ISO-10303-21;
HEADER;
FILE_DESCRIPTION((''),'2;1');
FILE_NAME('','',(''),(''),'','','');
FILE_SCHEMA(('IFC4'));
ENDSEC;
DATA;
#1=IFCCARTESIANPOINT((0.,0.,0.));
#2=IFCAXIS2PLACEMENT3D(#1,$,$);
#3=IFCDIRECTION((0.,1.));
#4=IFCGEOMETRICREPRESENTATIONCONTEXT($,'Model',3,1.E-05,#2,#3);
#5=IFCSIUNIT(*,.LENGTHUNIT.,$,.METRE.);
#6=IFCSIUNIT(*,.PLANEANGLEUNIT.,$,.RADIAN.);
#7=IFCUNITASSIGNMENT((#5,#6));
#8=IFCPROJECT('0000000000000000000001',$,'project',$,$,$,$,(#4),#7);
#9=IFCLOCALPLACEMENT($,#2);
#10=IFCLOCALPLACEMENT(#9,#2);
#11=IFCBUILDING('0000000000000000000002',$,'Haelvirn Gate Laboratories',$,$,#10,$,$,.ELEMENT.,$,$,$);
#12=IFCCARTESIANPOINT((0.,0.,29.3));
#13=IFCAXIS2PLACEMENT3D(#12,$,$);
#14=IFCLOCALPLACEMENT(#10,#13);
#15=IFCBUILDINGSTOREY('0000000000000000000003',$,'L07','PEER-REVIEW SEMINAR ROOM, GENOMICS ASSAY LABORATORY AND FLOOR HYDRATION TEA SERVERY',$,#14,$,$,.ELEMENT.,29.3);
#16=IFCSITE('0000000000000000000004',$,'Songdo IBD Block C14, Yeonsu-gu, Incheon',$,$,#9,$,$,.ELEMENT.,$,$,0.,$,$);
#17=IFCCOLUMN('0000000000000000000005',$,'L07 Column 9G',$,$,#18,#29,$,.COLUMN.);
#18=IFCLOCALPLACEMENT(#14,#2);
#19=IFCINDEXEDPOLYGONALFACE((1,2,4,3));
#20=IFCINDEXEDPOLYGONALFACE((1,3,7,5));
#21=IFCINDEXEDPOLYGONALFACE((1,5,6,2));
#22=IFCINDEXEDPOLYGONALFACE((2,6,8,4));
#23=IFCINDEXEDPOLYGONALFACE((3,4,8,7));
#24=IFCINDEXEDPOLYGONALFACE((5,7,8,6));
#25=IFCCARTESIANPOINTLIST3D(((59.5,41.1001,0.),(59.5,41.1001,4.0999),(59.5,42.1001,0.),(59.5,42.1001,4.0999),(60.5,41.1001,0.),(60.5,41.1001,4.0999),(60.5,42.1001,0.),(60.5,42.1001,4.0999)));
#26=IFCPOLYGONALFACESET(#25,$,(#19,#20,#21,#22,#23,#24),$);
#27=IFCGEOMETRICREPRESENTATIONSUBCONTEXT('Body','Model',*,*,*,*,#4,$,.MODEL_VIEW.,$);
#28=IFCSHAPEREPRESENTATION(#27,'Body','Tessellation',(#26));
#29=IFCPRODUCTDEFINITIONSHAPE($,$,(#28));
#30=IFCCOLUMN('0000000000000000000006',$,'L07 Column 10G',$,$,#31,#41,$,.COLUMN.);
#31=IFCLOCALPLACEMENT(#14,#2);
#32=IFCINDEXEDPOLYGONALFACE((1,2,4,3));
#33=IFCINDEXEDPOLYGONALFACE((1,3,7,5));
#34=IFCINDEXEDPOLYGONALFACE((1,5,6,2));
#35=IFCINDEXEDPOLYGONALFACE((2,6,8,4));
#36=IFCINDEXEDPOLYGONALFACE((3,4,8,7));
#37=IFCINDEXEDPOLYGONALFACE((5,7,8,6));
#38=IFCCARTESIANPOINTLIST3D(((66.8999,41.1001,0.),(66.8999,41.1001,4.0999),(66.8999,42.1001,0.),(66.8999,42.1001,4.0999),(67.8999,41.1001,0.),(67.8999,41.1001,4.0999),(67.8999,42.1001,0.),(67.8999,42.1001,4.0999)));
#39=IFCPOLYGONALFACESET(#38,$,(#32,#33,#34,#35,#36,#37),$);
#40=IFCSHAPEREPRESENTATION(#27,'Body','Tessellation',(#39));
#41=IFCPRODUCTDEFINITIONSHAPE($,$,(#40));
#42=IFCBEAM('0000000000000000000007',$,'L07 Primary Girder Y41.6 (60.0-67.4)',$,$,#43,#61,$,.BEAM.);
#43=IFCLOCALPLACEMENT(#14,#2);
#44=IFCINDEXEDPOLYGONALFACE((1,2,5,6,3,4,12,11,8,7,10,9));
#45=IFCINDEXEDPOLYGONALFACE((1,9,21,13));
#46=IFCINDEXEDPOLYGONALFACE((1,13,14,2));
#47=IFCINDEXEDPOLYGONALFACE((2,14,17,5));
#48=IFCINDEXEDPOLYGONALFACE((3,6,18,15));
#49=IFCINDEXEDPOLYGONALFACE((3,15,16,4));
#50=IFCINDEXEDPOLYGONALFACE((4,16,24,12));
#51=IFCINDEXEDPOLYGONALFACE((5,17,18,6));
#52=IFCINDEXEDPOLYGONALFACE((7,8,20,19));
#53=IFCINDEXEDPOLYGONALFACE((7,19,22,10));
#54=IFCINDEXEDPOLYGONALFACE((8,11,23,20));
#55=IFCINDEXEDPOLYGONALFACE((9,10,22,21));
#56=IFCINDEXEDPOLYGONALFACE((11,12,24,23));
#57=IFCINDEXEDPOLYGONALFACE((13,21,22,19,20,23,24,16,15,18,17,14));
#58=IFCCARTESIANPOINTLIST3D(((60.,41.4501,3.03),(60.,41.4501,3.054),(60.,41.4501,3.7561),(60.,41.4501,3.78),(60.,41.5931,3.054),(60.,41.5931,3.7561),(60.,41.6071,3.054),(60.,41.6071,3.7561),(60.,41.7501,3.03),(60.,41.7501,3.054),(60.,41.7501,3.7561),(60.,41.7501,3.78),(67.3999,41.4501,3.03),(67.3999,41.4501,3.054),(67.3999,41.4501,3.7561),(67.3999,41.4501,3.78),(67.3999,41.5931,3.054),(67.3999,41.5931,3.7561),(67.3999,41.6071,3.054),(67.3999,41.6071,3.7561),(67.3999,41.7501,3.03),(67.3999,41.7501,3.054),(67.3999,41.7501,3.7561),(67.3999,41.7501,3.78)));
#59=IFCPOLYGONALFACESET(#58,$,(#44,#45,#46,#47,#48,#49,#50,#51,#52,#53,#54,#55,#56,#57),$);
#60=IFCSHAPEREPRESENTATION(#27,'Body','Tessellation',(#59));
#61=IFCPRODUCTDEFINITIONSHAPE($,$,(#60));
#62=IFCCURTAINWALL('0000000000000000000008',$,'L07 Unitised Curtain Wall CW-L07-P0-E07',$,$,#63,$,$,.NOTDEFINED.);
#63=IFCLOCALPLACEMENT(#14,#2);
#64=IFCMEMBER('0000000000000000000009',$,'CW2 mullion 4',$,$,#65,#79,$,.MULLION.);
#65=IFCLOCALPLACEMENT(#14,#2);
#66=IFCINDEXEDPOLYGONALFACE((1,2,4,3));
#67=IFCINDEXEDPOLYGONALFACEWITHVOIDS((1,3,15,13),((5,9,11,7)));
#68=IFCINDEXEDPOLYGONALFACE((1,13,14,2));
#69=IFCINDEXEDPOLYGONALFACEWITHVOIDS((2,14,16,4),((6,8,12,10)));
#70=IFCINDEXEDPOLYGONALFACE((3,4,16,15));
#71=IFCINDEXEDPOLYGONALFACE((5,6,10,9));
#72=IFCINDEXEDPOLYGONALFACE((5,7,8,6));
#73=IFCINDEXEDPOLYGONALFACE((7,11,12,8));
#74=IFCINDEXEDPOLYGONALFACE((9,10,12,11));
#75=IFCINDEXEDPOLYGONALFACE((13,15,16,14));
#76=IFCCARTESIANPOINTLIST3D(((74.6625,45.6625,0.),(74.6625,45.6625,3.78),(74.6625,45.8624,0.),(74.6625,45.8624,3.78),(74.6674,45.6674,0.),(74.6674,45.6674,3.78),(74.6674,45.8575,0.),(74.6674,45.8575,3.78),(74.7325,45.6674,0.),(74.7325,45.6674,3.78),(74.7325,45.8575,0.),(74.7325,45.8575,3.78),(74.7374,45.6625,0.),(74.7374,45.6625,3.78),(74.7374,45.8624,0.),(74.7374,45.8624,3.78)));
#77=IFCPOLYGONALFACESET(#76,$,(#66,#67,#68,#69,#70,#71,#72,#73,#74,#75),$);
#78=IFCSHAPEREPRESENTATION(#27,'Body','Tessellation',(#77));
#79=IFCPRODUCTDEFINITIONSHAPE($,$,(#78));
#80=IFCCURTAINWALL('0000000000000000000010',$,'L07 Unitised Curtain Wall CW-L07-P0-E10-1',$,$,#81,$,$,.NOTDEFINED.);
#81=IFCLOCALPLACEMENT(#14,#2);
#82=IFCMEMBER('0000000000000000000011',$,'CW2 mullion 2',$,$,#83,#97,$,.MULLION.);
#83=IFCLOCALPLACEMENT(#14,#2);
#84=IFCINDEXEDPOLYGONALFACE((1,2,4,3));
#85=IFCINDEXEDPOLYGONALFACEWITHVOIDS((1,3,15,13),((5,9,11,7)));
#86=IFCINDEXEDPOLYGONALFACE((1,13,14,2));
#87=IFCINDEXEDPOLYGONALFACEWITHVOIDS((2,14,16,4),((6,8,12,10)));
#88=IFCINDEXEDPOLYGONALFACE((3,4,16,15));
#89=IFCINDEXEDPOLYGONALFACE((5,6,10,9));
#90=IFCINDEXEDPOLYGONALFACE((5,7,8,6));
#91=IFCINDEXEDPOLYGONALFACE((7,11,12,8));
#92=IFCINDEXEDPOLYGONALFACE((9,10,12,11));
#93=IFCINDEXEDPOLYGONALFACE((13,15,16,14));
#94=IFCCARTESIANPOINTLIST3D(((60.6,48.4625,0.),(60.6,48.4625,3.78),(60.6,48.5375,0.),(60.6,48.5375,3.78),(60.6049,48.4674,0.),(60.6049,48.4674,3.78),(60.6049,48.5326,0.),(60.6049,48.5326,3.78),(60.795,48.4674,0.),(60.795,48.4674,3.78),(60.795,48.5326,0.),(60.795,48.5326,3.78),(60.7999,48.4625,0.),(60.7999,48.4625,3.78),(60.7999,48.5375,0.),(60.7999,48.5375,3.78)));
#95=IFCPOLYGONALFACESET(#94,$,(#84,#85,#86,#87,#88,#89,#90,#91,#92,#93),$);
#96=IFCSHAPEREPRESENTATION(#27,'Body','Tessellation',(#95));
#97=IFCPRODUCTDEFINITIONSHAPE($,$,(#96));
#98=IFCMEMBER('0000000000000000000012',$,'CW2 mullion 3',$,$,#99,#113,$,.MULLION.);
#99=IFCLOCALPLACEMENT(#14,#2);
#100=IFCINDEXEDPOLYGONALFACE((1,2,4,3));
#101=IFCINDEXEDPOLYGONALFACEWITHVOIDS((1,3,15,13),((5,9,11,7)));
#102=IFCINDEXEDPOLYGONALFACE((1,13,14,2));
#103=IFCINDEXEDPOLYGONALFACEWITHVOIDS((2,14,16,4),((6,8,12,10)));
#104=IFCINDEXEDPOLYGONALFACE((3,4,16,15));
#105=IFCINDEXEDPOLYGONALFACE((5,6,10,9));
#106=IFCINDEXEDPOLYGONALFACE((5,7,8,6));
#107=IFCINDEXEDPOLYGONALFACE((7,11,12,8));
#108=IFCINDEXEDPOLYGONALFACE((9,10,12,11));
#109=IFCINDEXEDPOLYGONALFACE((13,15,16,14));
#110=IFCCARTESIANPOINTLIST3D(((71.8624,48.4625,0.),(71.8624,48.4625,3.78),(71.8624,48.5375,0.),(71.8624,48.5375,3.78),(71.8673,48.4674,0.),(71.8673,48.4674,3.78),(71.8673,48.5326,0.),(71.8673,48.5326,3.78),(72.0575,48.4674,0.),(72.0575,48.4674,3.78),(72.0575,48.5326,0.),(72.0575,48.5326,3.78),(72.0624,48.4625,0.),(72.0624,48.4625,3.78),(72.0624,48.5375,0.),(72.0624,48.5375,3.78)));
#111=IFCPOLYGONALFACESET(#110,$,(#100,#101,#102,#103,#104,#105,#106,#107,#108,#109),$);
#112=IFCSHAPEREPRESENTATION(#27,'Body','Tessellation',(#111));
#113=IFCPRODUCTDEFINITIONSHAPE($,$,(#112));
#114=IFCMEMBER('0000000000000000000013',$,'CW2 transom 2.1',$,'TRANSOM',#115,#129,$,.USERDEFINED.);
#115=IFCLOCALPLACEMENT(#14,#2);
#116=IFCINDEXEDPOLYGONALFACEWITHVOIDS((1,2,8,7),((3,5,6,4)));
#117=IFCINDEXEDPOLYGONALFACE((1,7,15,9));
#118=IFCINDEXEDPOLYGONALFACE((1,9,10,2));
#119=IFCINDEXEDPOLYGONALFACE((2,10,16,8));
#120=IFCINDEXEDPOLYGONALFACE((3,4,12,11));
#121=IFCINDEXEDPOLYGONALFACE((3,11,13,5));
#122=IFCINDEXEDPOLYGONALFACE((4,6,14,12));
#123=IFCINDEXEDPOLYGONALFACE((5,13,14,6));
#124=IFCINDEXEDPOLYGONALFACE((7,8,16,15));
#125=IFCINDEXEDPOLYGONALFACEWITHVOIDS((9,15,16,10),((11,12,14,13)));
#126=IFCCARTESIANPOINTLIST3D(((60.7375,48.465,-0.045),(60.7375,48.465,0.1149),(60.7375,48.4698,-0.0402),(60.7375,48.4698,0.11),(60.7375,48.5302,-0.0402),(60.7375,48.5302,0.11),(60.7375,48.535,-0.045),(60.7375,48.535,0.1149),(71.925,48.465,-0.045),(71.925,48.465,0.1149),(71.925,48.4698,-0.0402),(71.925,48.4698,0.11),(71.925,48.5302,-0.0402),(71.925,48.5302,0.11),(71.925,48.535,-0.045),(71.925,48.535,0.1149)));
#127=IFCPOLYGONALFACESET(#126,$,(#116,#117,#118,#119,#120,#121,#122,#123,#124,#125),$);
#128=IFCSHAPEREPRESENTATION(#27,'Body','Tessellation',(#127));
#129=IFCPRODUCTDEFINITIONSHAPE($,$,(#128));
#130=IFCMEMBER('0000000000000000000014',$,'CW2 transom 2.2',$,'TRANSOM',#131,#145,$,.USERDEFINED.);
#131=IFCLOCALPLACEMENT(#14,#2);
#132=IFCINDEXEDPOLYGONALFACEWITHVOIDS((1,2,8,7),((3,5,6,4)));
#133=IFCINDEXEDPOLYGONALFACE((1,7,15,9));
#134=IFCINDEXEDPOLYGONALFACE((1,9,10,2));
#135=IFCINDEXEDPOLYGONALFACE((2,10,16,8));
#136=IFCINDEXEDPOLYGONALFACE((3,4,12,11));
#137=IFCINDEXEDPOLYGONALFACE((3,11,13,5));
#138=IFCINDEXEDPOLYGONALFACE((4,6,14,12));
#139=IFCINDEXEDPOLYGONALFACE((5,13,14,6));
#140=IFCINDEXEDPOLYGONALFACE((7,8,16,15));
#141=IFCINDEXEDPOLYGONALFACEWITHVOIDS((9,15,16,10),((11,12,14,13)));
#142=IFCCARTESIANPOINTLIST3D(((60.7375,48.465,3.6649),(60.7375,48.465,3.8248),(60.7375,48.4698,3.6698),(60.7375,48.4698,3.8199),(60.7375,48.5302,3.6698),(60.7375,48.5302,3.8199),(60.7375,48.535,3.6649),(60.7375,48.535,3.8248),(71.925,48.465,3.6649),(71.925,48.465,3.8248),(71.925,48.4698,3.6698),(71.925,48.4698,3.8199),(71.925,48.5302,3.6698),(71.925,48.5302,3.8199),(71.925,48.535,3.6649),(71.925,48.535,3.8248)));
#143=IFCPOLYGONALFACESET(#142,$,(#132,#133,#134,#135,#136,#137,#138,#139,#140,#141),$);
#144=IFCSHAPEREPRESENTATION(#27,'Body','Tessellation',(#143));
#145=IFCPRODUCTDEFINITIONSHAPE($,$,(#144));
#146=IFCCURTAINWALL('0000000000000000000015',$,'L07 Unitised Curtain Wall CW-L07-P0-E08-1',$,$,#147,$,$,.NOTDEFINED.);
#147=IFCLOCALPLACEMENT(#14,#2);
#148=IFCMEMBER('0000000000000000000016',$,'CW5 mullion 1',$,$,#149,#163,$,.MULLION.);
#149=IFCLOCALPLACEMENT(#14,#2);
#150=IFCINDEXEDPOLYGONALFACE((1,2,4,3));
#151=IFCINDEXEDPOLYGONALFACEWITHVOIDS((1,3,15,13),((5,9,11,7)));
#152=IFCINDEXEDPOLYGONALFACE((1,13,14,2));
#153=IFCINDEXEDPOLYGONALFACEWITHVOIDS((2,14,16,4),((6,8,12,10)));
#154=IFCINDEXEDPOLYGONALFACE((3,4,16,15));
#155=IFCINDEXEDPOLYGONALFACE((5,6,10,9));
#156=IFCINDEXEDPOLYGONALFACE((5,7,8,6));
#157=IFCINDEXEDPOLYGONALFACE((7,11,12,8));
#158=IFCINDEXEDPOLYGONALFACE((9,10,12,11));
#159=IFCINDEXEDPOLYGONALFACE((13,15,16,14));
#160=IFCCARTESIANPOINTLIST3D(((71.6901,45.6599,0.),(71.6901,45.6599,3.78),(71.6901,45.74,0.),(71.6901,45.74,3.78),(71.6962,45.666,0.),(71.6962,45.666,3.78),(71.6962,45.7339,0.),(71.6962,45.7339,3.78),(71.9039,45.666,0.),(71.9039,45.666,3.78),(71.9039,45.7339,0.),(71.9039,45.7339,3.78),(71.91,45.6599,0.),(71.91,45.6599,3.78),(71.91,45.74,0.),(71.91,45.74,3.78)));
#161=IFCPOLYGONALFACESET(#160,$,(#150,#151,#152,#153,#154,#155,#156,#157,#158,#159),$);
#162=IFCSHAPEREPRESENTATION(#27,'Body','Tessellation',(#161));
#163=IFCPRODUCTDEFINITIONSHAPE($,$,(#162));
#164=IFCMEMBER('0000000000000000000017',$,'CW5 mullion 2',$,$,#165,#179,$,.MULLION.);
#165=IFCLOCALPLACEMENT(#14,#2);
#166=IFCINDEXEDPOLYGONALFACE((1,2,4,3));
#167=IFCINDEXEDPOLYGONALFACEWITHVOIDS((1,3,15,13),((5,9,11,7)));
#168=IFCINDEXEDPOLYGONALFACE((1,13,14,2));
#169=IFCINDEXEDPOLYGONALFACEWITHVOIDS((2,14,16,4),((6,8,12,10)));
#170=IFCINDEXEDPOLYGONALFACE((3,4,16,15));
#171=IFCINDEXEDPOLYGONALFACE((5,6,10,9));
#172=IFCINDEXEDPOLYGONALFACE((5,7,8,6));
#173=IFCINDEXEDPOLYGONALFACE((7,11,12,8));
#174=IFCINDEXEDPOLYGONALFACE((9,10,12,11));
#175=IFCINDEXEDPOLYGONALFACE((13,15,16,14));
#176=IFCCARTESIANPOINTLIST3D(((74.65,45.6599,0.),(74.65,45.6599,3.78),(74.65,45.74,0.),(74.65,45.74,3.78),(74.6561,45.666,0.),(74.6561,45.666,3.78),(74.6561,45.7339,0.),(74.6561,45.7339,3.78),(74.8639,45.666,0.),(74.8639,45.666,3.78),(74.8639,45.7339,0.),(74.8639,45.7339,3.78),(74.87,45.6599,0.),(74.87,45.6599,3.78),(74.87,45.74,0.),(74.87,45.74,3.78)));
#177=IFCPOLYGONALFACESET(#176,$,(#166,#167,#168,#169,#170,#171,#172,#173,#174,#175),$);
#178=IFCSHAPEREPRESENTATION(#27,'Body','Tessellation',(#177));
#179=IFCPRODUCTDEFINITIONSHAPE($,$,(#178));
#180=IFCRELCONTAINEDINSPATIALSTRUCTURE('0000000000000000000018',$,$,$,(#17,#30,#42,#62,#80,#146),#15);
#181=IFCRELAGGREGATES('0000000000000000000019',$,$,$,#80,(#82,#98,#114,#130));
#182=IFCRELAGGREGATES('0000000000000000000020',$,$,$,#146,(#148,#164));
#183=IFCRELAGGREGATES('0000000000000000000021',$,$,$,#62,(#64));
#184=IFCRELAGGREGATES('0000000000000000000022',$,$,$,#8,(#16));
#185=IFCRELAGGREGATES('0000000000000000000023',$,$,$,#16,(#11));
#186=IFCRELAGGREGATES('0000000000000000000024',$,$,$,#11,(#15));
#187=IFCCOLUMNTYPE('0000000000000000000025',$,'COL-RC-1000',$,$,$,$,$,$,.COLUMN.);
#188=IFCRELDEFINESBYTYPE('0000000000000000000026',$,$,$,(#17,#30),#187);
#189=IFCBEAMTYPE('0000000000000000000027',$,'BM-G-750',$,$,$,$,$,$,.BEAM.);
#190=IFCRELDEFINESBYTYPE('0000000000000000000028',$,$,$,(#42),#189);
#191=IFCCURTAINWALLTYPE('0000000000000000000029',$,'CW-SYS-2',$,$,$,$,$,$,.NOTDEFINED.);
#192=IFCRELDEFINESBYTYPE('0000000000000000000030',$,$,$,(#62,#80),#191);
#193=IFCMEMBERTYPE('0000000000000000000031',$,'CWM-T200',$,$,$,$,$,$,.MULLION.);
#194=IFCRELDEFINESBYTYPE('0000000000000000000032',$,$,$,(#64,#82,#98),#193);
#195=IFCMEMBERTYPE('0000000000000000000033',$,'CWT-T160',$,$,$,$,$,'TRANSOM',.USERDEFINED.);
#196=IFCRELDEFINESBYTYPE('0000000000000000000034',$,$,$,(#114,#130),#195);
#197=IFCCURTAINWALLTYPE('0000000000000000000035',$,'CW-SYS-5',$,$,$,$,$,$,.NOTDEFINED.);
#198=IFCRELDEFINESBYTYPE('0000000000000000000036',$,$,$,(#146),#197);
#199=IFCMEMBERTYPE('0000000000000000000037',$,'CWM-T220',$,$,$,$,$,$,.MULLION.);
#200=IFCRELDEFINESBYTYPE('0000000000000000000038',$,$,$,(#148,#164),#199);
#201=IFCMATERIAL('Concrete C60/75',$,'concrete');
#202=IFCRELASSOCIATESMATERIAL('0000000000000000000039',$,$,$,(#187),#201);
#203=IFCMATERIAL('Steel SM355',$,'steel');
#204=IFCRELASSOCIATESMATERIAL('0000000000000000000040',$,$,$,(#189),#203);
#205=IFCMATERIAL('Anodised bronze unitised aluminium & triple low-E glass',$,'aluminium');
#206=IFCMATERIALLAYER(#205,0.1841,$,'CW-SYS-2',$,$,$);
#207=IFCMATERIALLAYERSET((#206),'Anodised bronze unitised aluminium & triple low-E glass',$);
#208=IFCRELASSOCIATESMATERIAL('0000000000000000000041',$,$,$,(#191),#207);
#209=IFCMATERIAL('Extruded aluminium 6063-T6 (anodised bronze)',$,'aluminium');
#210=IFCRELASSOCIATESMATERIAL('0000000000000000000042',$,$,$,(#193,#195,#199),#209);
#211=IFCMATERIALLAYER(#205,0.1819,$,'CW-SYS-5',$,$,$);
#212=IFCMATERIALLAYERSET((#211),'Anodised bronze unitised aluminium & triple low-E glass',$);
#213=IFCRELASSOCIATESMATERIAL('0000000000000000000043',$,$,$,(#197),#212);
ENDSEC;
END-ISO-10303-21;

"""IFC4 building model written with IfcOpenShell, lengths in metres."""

from ifc_helpers import new_model, si_unit, direction, frame, origin, origin_2d, place, context, subcontext, project, spatial, rectangle, hollow_rectangle, i_section, extrude, source, transform, mapped, material, layer, layer_set, material_profile, profile_set, type_object, type_shapes, element, aggregate, save


model = new_model("IFC4")

# Units and contexts
model_context = context("Model", 3, precision=1e-05, world=origin(), true_north=direction((0.0, 1.0)))
body_context = subcontext(model_context, "Body", "Model", "MODEL_VIEW")
ifc_project = project(units=[si_unit("LENGTHUNIT", "METRE"), si_unit("PLANEANGLEUNIT", "RADIAN")], contexts=[model_context])

# Site, building, storey
site_placement = place(None, origin())
site = spatial("IfcSite", under=ifc_project, at=site_placement, Name="Songdo IBD Block C14, Yeonsu-gu, Incheon", CompositionType="ELEMENT", RefElevation=0.0)
building_placement = place(site_placement, origin())
building = spatial("IfcBuilding", under=site, at=building_placement, Name="Haelvirn Gate Laboratories", CompositionType="ELEMENT")
storey_placement = place(building_placement, frame((0.0, 0.0, 29.3)))
storey = spatial("IfcBuildingStorey", under=building, at=storey_placement, Name="L07", Description="PEER-REVIEW SEMINAR ROOM, GENOMICS ASSAY LABORATORY AND FLOOR HYDRATION TEA SERVERY", CompositionType="ELEMENT", Elevation=29.3)

# Columns
ifc_material_1 = material(Name="Concrete C60/75", Category="concrete")
ifc_material_profile_1 = material_profile(ifc_material_1, rectangle(XDim=1.0, YDim=1.0, at=origin_2d()), Name="RC-1000x1000")
ifc_profile_set_1 = profile_set([ifc_material_profile_1], Name="Concrete C60/75")
column_type = type_object("IfcColumnType", Name="COL-RC-1000", PredefinedType="COLUMN", material=ifc_profile_set_1)
shared_shape_1 = source(origin(), body_context, "Body", "SweptSolid", [
    extrude(rectangle(XDim=1.0, YDim=1.0, at=origin_2d()), origin(), (0.0, 0.0, 1.0), 4.0999),
])
type_shapes(column_type, [shared_shape_1])
for number, where, z_axis, x_axis, name in (
    (1, (60.0, 41.6001, 0.0), (0.0, 0.0, 1.0), (1.0, 0.0, 0.0), "L07 Column 9G"),
    (2, (67.3999, 41.6001, 0.0), (0.0, 0.0, 1.0), (1.0, 0.0, 0.0), "L07 Column 10G"),
):
    element("IfcColumn", number, at=place(storey_placement, frame(where, z_axis=z_axis, x_axis=x_axis)), inside=storey, type_object=column_type, Name=name, PredefinedType="COLUMN", context=body_context, shape_type="MappedRepresentation", body=[
        mapped(shared_shape_1, transform((0.0, 0.0, 0.0), scale=1.0)),
    ])

# Beam
ifc_material_2 = material(Name="Steel SM355", Category="steel")
ifc_material_profile_2 = material_profile(ifc_material_2, i_section(OverallWidth=0.3, OverallDepth=0.75, WebThickness=0.0139, FlangeThickness=0.0239, at=origin_2d()), Name="H-750x300x14x24")
ifc_profile_set_2 = profile_set([ifc_material_profile_2], Name="Steel SM355")
beam_type = type_object("IfcBeamType", Name="BM-G-750", PredefinedType="BEAM", material=ifc_profile_set_2)
shared_shape_2 = source(origin(), body_context, "Body", "SweptSolid", [
    extrude(i_section(OverallWidth=0.3, OverallDepth=0.75, WebThickness=0.0139, FlangeThickness=0.0239, at=origin_2d()), origin(), (0.0, 0.0, 1.0), 7.3999),
])
type_shapes(beam_type, [shared_shape_2])
beam_placement = place(storey_placement, frame((60.0, 41.6001, 3.405), z_axis=(1.0, 0.0, 0.0), x_axis=(0.0, 1.0, 0.0)))
element("IfcBeam", 3, at=beam_placement, inside=storey, type_object=beam_type, Name="L07 Primary Girder Y41.6 (60.0-67.4)", PredefinedType="BEAM", context=body_context, shape_type="MappedRepresentation", body=[
    mapped(shared_shape_2, transform((0.0, 0.0, 0.0), scale=1.0)),
])

# Curtain wall, member
ifc_material_3 = material(Name="Anodised bronze unitised aluminium & triple low-E glass", Category="aluminium")
ifc_layer_1 = layer(ifc_material_3, 0.1841, Name="CW-SYS-2")
ifc_layer_set_1 = layer_set([ifc_layer_1], Name="Anodised bronze unitised aluminium & triple low-E glass")
curtain_wall_type_1 = type_object("IfcCurtainWallType", Name="CW-SYS-2", PredefinedType="NOTDEFINED", material=ifc_layer_set_1)
curtain_wall_1_placement = place(storey_placement, origin())
curtain_wall_1 = element("IfcCurtainWall", 4, at=curtain_wall_1_placement, inside=storey, type_object=curtain_wall_type_1, Name="L07 Unitised Curtain Wall CW-L07-P0-E07", PredefinedType="NOTDEFINED")
ifc_material_4 = material(Name="Extruded aluminium 6063-T6 (anodised bronze)", Category="aluminium")
ifc_material_profile_3 = material_profile(ifc_material_4, hollow_rectangle(XDim=0.075, YDim=0.2, WallThickness=0.0049, at=origin_2d()), Name="CWM-200x75x5")
ifc_profile_set_3 = profile_set([ifc_material_profile_3], Name="Extruded aluminium 6063-T6 (anodised bronze)")
member_type_1 = type_object("IfcMemberType", Name="CWM-T200", PredefinedType="MULLION", material=ifc_profile_set_3)
shared_shape_3 = source(origin(), body_context, "Body", "SweptSolid", [
    extrude(hollow_rectangle(XDim=0.075, YDim=0.2, WallThickness=0.0049, at=origin_2d()), origin(), (0.0, 0.0, 1.0), 3.78),
])
type_shapes(member_type_1, [shared_shape_3])
member_1_placement = place(storey_placement, frame((74.7, 45.7625, 0.0), z_axis=(0.0, 0.0, 1.0), x_axis=(-1.0, 0.0, 0.0)))
member_1 = element("IfcMember", 5, at=member_1_placement, type_object=member_type_1, Name="CW2 mullion 4", PredefinedType="MULLION", context=body_context, shape_type="MappedRepresentation", body=[
    mapped(shared_shape_3, transform((0.0, 0.0, 0.0), scale=1.0)),
])

# Curtain walls, members
curtain_wall_2_placement = place(storey_placement, origin())
curtain_wall_2 = element("IfcCurtainWall", 6, at=curtain_wall_2_placement, inside=storey, type_object=curtain_wall_type_1, Name="L07 Unitised Curtain Wall CW-L07-P0-E10-1", PredefinedType="NOTDEFINED")
member_2_placement = place(storey_placement, frame((60.7, 48.5, 0.0), z_axis=(0.0, 0.0, 1.0), x_axis=(0.0, 1.0, 0.0)))
member_2 = element("IfcMember", 7, at=member_2_placement, type_object=member_type_1, Name="CW2 mullion 2", PredefinedType="MULLION", context=body_context, shape_type="MappedRepresentation", body=[
    mapped(shared_shape_3, transform((0.0, 0.0, 0.0), scale=1.0)),
])
member_3_placement = place(storey_placement, frame((71.9624, 48.5, 0.0), z_axis=(0.0, 0.0, 1.0), x_axis=(0.0, 1.0, 0.0)))
member_3 = element("IfcMember", 8, at=member_3_placement, type_object=member_type_1, Name="CW2 mullion 3", PredefinedType="MULLION", context=body_context, shape_type="MappedRepresentation", body=[
    mapped(shared_shape_3, transform((0.0, 0.0, 0.0), scale=1.0)),
])
ifc_material_profile_4 = material_profile(ifc_material_4, hollow_rectangle(XDim=0.0701, YDim=0.1599, WallThickness=0.0049, at=origin_2d()), Name="CWT-160x70x5")
ifc_profile_set_4 = profile_set([ifc_material_profile_4], Name="Extruded aluminium 6063-T6 (anodised bronze)")
member_type_2 = type_object("IfcMemberType", Name="CWT-T160", ElementType="TRANSOM", PredefinedType="USERDEFINED", material=ifc_profile_set_4)
shared_shape_4 = source(origin(), body_context, "Body", "SweptSolid", [
    extrude(hollow_rectangle(XDim=0.0701, YDim=0.1599, WallThickness=0.0049, at=origin_2d()), origin(), (0.0, 0.0, 1.0), 11.1875),
])
type_shapes(member_type_2, [shared_shape_4])
member_4_placement = place(storey_placement, frame((60.7375, 48.5, 0.0349), z_axis=(1.0, 0.0, 0.0), x_axis=(0.0, 1.0, 0.0)))
member_4 = element("IfcMember", 9, at=member_4_placement, type_object=member_type_2, Name="CW2 transom 2.1", ObjectType="TRANSOM", PredefinedType="USERDEFINED", context=body_context, shape_type="MappedRepresentation", body=[
    mapped(shared_shape_4, transform((0.0, 0.0, 0.0), scale=1.0)),
])
member_5_placement = place(storey_placement, frame((60.7375, 48.5, 3.7449), z_axis=(1.0, 0.0, 0.0), x_axis=(0.0, 1.0, 0.0)))
member_5 = element("IfcMember", 10, at=member_5_placement, type_object=member_type_2, Name="CW2 transom 2.2", ObjectType="TRANSOM", PredefinedType="USERDEFINED", context=body_context, shape_type="MappedRepresentation", body=[
    mapped(shared_shape_4, transform((0.0, 0.0, 0.0), scale=1.0)),
])
ifc_layer_2 = layer(ifc_material_3, 0.1819, Name="CW-SYS-5")
ifc_layer_set_2 = layer_set([ifc_layer_2], Name="Anodised bronze unitised aluminium & triple low-E glass")
curtain_wall_type_2 = type_object("IfcCurtainWallType", Name="CW-SYS-5", PredefinedType="NOTDEFINED", material=ifc_layer_set_2)
curtain_wall_3_placement = place(storey_placement, origin())
curtain_wall_3 = element("IfcCurtainWall", 11, at=curtain_wall_3_placement, inside=storey, type_object=curtain_wall_type_2, Name="L07 Unitised Curtain Wall CW-L07-P0-E08-1", PredefinedType="NOTDEFINED")
ifc_material_profile_5 = material_profile(ifc_material_4, hollow_rectangle(XDim=0.0801, YDim=0.22, WallThickness=0.0061, at=origin_2d()), Name="CWM-220x80x6")
ifc_profile_set_5 = profile_set([ifc_material_profile_5], Name="Extruded aluminium 6063-T6 (anodised bronze)")
member_type_3 = type_object("IfcMemberType", Name="CWM-T220", PredefinedType="MULLION", material=ifc_profile_set_5)
shared_shape_5 = source(origin(), body_context, "Body", "SweptSolid", [
    extrude(hollow_rectangle(XDim=0.0801, YDim=0.22, WallThickness=0.0061, at=origin_2d()), origin(), (0.0, 0.0, 1.0), 3.78),
])
type_shapes(member_type_3, [shared_shape_5])
member_6_placement = place(storey_placement, frame((71.8, 45.7, 0.0), z_axis=(0.0, 0.0, 1.0), x_axis=(0.0, 1.0, 0.0)))
member_6 = element("IfcMember", 12, at=member_6_placement, type_object=member_type_3, Name="CW5 mullion 1", PredefinedType="MULLION", context=body_context, shape_type="MappedRepresentation", body=[
    mapped(shared_shape_5, transform((0.0, 0.0, 0.0), scale=1.0)),
])
member_7_placement = place(storey_placement, frame((74.76, 45.7, 0.0), z_axis=(0.0, 0.0, 1.0), x_axis=(0.0, 1.0, 0.0)))
member_7 = element("IfcMember", 13, at=member_7_placement, type_object=member_type_3, Name="CW5 mullion 2", PredefinedType="MULLION", context=body_context, shape_type="MappedRepresentation", body=[
    mapped(shared_shape_5, transform((0.0, 0.0, 0.0), scale=1.0)),
])

aggregate(curtain_wall_2, [member_2, member_3, member_4, member_5])
aggregate(curtain_wall_3, [member_6, member_7])
aggregate(curtain_wall_1, [member_1])

save(model, "model.ifc")
